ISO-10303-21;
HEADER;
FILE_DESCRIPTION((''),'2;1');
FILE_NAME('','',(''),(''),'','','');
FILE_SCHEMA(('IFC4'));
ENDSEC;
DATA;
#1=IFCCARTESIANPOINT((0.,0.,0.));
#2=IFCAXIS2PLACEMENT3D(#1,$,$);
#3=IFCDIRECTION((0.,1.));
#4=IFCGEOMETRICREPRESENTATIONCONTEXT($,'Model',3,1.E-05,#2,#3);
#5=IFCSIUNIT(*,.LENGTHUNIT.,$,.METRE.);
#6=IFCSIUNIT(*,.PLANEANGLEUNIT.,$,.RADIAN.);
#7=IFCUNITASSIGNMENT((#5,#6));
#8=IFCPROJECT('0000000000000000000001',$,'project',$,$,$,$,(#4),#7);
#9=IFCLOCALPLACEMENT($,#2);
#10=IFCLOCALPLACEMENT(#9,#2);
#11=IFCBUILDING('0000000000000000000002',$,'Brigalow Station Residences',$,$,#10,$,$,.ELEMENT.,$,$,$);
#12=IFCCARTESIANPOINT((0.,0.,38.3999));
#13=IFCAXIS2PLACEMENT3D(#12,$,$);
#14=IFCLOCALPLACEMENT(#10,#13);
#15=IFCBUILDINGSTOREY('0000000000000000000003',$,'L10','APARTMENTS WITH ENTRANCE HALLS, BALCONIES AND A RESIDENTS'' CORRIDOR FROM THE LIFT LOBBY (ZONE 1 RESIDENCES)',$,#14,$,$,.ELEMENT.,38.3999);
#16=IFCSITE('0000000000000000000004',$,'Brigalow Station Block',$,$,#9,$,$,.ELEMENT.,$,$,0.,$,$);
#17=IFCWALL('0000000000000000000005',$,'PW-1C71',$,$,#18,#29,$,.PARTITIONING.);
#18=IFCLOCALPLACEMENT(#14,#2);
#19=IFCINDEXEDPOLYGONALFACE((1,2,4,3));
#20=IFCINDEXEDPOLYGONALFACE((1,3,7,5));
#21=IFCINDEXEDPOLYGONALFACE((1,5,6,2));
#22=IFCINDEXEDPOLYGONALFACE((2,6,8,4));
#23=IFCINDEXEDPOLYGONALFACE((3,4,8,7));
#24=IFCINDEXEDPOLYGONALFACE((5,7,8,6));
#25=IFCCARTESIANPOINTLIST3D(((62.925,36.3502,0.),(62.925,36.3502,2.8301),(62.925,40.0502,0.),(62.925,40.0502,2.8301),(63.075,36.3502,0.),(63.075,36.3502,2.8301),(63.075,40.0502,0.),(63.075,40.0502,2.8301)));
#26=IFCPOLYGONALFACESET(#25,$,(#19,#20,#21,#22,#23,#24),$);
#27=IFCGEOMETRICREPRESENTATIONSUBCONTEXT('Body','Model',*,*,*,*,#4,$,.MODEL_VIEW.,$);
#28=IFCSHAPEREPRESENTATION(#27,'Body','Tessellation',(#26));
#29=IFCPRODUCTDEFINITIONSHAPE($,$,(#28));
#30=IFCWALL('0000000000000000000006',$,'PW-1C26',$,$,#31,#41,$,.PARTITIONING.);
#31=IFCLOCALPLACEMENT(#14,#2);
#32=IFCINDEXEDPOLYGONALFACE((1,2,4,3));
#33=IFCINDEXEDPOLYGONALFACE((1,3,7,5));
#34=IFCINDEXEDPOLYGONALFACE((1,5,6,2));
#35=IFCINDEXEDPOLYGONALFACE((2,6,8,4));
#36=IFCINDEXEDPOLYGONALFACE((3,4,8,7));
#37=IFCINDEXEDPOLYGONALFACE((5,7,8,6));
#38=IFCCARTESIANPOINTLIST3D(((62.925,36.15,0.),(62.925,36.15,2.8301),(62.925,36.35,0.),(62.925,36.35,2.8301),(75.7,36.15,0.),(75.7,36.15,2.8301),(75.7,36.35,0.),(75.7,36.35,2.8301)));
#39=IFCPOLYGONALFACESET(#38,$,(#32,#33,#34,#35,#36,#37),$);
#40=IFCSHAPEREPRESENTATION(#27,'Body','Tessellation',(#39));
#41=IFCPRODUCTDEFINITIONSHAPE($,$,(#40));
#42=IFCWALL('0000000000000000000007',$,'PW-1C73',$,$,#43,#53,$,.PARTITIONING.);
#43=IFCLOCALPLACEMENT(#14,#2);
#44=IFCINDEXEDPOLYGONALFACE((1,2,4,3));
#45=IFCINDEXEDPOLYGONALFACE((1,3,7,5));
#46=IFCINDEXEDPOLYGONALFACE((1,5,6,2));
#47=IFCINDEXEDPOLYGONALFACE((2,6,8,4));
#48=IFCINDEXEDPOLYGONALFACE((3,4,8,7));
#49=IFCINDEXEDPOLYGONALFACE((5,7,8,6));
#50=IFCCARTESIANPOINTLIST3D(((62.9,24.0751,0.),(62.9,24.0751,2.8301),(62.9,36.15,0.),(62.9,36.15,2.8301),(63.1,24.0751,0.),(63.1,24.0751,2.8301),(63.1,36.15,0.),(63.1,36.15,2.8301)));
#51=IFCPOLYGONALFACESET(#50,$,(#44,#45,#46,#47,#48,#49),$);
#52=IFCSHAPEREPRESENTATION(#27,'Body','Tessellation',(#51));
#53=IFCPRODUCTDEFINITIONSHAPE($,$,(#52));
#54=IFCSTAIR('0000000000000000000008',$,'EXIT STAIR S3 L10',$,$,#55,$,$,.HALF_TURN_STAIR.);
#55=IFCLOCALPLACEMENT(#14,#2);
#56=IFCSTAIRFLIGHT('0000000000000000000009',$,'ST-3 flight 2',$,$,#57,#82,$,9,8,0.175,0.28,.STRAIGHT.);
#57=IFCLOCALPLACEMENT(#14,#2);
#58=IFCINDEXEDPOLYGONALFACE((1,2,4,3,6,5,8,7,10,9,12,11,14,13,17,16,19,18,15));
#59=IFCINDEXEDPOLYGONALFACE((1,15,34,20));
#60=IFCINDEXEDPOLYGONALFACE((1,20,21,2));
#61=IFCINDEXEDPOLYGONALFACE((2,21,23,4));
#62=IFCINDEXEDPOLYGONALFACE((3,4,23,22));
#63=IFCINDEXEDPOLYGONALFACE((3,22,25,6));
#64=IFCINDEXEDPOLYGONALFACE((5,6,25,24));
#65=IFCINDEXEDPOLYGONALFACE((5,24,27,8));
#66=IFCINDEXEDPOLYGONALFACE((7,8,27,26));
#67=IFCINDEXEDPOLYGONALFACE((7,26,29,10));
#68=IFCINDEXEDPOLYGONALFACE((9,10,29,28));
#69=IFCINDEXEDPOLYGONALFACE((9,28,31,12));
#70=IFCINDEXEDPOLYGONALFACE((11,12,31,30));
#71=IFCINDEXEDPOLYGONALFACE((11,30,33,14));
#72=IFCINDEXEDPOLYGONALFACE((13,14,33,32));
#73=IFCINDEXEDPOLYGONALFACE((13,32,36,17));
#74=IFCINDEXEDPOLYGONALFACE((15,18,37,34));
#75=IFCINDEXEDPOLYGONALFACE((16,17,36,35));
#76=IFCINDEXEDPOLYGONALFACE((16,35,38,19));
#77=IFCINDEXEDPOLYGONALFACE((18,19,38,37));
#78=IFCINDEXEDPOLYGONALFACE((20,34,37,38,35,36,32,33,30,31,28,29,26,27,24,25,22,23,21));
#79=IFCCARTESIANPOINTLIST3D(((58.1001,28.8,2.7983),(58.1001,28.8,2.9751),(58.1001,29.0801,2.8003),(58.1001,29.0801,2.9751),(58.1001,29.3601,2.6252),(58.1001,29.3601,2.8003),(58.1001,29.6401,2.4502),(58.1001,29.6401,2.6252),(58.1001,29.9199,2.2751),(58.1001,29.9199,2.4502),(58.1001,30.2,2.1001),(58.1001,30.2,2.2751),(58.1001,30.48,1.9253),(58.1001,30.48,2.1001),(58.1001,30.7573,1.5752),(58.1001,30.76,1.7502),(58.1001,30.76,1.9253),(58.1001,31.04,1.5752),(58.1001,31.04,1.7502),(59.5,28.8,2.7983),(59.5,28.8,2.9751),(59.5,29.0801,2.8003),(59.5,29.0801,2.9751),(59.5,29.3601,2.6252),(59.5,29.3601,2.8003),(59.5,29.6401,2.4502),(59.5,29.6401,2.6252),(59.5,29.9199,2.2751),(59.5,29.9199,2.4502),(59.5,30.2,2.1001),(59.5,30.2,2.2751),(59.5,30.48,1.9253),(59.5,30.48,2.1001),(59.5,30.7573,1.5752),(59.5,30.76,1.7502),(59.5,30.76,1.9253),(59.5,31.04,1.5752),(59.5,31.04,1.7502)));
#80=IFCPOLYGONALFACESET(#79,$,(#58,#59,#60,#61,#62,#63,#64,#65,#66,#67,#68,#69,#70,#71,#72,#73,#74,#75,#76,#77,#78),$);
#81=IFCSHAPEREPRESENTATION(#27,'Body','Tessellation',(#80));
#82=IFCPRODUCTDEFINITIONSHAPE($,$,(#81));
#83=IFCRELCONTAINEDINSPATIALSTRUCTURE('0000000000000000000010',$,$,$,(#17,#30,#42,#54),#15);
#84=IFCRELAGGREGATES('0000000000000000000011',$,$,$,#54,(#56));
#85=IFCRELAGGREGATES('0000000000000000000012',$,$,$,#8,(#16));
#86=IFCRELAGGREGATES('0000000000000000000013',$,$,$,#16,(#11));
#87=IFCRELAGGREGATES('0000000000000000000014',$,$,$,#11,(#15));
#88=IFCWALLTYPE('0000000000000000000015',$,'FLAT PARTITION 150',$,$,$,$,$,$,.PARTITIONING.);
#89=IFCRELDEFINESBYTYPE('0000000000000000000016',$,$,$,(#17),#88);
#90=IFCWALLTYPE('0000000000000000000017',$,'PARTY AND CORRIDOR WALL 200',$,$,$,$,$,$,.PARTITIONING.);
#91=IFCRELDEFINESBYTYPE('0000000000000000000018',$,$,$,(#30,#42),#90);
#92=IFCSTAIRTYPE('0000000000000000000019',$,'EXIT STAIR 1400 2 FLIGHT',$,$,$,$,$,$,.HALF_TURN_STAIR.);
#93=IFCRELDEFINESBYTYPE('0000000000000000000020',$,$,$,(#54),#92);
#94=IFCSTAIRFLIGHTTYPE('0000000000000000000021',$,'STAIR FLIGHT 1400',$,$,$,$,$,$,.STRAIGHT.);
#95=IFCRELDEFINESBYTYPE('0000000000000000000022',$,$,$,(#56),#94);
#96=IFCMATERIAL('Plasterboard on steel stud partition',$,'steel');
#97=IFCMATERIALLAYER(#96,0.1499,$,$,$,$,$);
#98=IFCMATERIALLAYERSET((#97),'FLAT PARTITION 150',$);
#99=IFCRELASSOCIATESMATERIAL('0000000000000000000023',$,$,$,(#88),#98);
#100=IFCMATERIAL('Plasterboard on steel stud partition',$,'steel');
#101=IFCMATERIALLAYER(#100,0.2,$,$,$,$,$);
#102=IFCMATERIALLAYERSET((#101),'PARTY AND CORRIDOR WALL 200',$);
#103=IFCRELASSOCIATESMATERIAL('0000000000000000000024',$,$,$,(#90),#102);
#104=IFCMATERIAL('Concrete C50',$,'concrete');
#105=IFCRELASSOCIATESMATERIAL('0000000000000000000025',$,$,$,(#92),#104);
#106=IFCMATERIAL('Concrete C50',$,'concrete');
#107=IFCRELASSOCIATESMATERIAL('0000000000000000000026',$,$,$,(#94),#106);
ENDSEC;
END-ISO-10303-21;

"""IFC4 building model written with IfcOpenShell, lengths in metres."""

from ifc_helpers import new_model, si_unit, direction, frame, frame_2d, origin, place, context, subcontext, project, spatial, polyline, rectangle, outline, extrude, material, layer, layer_set, type_object, element, aggregate, save


model = new_model("IFC4")

# Units and contexts
model_context = context("Model", 3, precision=1e-05, world=origin(), true_north=direction((0.0, 1.0)))
body_context = subcontext(model_context, "Body", "Model", "MODEL_VIEW")
ifc_project = project(units=[si_unit("LENGTHUNIT", "METRE"), si_unit("PLANEANGLEUNIT", "RADIAN")], contexts=[model_context])

# Site, building, storey
site_placement = place(None, origin())
site = spatial("IfcSite", under=ifc_project, at=site_placement, Name="Brigalow Station Block", CompositionType="ELEMENT", RefElevation=0.0)
building_placement = place(site_placement, origin())
building = spatial("IfcBuilding", under=site, at=building_placement, Name="Brigalow Station Residences", CompositionType="ELEMENT")
storey_placement = place(building_placement, frame((0.0, 0.0, 38.3999)))
storey = spatial("IfcBuildingStorey", under=building, at=storey_placement, Name="L10", Description="APARTMENTS WITH ENTRANCE HALLS, BALCONIES AND A RESIDENTS' CORRIDOR FROM THE LIFT LOBBY (ZONE 1 RESIDENCES)", CompositionType="ELEMENT", Elevation=38.3999)

# Shared definitions
ifc_material_1 = material(Name="Plasterboard on steel stud partition", Category="steel")
ifc_layer_1 = layer(ifc_material_1, 0.1499)
ifc_layer_set_1 = layer_set([ifc_layer_1], Name="FLAT PARTITION 150")
wall_type_1 = type_object("IfcWallType", Name="FLAT PARTITION 150", PredefinedType="PARTITIONING", material=ifc_layer_set_1)

# Walls
wall_1_placement = place(storey_placement, frame((63.0, 36.3501, 0.0), z_axis=(0.0, 0.0, 1.0), x_axis=(0.0, 1.0, 0.0)))
element("IfcWall", 1, at=wall_1_placement, inside=storey, type_object=wall_type_1, Name="PW-1C71", PredefinedType="PARTITIONING", context=body_context, shape_type="SweptSolid", body=[
    extrude(rectangle(XDim=3.7, YDim=0.1499, at=frame_2d((1.8501, 0.0))), origin(), (0.0, 0.0, 1.0), 2.8301),
])
ifc_material_2 = material(Name="Plasterboard on steel stud partition", Category="steel")
ifc_layer_2 = layer(ifc_material_2, 0.2)
ifc_layer_set_2 = layer_set([ifc_layer_2], Name="PARTY AND CORRIDOR WALL 200")
wall_type_2 = type_object("IfcWallType", Name="PARTY AND CORRIDOR WALL 200", PredefinedType="PARTITIONING", material=ifc_layer_set_2)
wall_2_placement = place(storey_placement, frame((62.925, 36.25, 0.0), z_axis=(0.0, 0.0, 1.0), x_axis=(1.0, 0.0, 0.0)))
element("IfcWall", 2, at=wall_2_placement, inside=storey, type_object=wall_type_2, Name="PW-1C26", PredefinedType="PARTITIONING", context=body_context, shape_type="SweptSolid", body=[
    extrude(rectangle(XDim=12.7749, YDim=0.2, at=frame_2d((6.3875, 0.0))), origin(), (0.0, 0.0, 1.0), 2.8301),
])
wall_3_placement = place(storey_placement, frame((63.0, 24.075, 0.0), z_axis=(0.0, 0.0, 1.0), x_axis=(0.0, 1.0, 0.0)))
element("IfcWall", 3, at=wall_3_placement, inside=storey, type_object=wall_type_2, Name="PW-1C73", PredefinedType="PARTITIONING", context=body_context, shape_type="SweptSolid", body=[
    extrude(rectangle(XDim=12.075, YDim=0.2, at=frame_2d((6.0376, 0.0))), origin(), (0.0, 0.0, 1.0), 2.8301),
])

# Stair, stair flight
ifc_material_3 = material(Name="Concrete C50", Category="concrete")
stair_type = type_object("IfcStairType", Name="EXIT STAIR 1400 2 FLIGHT", PredefinedType="HALF_TURN_STAIR", material=ifc_material_3)
stair_placement = place(storey_placement, origin())
stair = element("IfcStair", 4, at=stair_placement, inside=storey, type_object=stair_type, Name="EXIT STAIR S3 L10", PredefinedType="HALF_TURN_STAIR")
ifc_material_4 = material(Name="Concrete C50", Category="concrete")
stair_flight_type = type_object("IfcStairFlightType", Name="STAIR FLIGHT 1400", PredefinedType="STRAIGHT", material=ifc_material_4)
stair_flight_placement = place(storey_placement, frame((58.8, 31.04, 1.5752), z_axis=(0.0, 0.0, 1.0), x_axis=(0.0, -1.0, 0.0)))
stair_flight = element("IfcStairFlight", 5, at=stair_flight_placement, type_object=stair_flight_type, Name="ST-3 flight 2", NumberOfRisers=9, NumberOfTreads=8, PredefinedType="STRAIGHT", RiserHeight=0.175, TreadLength=0.28, context=body_context, shape_type="SweptSolid", body=[
    extrude(outline(polyline([(0.0, 0.0), (0.0, 0.175), (0.28, 0.175), (0.28, 0.3501), (0.5601, 0.3501), (0.5601, 0.5249), (0.8401, 0.5249), (0.8401, 0.7), (1.1201, 0.7), (1.1201, 0.875), (1.3999, 0.875), (1.3999, 1.05), (1.6799, 1.05), (1.6799, 1.2251), (1.96, 1.2251), (1.96, 1.3999), (2.24, 1.3999), (2.24, 1.575), (2.24, 1.2231), (0.2827, 0.0), (0.0, 0.0)])), frame((0.0, 0.7, 0.0), z_axis=(0.0, -1.0, 0.0), x_axis=(1.0, 0.0, 0.0)), (0.0, 0.0, 1.0), 1.3999),
])
aggregate(stair, [stair_flight])

save(model, "model.ifc")
